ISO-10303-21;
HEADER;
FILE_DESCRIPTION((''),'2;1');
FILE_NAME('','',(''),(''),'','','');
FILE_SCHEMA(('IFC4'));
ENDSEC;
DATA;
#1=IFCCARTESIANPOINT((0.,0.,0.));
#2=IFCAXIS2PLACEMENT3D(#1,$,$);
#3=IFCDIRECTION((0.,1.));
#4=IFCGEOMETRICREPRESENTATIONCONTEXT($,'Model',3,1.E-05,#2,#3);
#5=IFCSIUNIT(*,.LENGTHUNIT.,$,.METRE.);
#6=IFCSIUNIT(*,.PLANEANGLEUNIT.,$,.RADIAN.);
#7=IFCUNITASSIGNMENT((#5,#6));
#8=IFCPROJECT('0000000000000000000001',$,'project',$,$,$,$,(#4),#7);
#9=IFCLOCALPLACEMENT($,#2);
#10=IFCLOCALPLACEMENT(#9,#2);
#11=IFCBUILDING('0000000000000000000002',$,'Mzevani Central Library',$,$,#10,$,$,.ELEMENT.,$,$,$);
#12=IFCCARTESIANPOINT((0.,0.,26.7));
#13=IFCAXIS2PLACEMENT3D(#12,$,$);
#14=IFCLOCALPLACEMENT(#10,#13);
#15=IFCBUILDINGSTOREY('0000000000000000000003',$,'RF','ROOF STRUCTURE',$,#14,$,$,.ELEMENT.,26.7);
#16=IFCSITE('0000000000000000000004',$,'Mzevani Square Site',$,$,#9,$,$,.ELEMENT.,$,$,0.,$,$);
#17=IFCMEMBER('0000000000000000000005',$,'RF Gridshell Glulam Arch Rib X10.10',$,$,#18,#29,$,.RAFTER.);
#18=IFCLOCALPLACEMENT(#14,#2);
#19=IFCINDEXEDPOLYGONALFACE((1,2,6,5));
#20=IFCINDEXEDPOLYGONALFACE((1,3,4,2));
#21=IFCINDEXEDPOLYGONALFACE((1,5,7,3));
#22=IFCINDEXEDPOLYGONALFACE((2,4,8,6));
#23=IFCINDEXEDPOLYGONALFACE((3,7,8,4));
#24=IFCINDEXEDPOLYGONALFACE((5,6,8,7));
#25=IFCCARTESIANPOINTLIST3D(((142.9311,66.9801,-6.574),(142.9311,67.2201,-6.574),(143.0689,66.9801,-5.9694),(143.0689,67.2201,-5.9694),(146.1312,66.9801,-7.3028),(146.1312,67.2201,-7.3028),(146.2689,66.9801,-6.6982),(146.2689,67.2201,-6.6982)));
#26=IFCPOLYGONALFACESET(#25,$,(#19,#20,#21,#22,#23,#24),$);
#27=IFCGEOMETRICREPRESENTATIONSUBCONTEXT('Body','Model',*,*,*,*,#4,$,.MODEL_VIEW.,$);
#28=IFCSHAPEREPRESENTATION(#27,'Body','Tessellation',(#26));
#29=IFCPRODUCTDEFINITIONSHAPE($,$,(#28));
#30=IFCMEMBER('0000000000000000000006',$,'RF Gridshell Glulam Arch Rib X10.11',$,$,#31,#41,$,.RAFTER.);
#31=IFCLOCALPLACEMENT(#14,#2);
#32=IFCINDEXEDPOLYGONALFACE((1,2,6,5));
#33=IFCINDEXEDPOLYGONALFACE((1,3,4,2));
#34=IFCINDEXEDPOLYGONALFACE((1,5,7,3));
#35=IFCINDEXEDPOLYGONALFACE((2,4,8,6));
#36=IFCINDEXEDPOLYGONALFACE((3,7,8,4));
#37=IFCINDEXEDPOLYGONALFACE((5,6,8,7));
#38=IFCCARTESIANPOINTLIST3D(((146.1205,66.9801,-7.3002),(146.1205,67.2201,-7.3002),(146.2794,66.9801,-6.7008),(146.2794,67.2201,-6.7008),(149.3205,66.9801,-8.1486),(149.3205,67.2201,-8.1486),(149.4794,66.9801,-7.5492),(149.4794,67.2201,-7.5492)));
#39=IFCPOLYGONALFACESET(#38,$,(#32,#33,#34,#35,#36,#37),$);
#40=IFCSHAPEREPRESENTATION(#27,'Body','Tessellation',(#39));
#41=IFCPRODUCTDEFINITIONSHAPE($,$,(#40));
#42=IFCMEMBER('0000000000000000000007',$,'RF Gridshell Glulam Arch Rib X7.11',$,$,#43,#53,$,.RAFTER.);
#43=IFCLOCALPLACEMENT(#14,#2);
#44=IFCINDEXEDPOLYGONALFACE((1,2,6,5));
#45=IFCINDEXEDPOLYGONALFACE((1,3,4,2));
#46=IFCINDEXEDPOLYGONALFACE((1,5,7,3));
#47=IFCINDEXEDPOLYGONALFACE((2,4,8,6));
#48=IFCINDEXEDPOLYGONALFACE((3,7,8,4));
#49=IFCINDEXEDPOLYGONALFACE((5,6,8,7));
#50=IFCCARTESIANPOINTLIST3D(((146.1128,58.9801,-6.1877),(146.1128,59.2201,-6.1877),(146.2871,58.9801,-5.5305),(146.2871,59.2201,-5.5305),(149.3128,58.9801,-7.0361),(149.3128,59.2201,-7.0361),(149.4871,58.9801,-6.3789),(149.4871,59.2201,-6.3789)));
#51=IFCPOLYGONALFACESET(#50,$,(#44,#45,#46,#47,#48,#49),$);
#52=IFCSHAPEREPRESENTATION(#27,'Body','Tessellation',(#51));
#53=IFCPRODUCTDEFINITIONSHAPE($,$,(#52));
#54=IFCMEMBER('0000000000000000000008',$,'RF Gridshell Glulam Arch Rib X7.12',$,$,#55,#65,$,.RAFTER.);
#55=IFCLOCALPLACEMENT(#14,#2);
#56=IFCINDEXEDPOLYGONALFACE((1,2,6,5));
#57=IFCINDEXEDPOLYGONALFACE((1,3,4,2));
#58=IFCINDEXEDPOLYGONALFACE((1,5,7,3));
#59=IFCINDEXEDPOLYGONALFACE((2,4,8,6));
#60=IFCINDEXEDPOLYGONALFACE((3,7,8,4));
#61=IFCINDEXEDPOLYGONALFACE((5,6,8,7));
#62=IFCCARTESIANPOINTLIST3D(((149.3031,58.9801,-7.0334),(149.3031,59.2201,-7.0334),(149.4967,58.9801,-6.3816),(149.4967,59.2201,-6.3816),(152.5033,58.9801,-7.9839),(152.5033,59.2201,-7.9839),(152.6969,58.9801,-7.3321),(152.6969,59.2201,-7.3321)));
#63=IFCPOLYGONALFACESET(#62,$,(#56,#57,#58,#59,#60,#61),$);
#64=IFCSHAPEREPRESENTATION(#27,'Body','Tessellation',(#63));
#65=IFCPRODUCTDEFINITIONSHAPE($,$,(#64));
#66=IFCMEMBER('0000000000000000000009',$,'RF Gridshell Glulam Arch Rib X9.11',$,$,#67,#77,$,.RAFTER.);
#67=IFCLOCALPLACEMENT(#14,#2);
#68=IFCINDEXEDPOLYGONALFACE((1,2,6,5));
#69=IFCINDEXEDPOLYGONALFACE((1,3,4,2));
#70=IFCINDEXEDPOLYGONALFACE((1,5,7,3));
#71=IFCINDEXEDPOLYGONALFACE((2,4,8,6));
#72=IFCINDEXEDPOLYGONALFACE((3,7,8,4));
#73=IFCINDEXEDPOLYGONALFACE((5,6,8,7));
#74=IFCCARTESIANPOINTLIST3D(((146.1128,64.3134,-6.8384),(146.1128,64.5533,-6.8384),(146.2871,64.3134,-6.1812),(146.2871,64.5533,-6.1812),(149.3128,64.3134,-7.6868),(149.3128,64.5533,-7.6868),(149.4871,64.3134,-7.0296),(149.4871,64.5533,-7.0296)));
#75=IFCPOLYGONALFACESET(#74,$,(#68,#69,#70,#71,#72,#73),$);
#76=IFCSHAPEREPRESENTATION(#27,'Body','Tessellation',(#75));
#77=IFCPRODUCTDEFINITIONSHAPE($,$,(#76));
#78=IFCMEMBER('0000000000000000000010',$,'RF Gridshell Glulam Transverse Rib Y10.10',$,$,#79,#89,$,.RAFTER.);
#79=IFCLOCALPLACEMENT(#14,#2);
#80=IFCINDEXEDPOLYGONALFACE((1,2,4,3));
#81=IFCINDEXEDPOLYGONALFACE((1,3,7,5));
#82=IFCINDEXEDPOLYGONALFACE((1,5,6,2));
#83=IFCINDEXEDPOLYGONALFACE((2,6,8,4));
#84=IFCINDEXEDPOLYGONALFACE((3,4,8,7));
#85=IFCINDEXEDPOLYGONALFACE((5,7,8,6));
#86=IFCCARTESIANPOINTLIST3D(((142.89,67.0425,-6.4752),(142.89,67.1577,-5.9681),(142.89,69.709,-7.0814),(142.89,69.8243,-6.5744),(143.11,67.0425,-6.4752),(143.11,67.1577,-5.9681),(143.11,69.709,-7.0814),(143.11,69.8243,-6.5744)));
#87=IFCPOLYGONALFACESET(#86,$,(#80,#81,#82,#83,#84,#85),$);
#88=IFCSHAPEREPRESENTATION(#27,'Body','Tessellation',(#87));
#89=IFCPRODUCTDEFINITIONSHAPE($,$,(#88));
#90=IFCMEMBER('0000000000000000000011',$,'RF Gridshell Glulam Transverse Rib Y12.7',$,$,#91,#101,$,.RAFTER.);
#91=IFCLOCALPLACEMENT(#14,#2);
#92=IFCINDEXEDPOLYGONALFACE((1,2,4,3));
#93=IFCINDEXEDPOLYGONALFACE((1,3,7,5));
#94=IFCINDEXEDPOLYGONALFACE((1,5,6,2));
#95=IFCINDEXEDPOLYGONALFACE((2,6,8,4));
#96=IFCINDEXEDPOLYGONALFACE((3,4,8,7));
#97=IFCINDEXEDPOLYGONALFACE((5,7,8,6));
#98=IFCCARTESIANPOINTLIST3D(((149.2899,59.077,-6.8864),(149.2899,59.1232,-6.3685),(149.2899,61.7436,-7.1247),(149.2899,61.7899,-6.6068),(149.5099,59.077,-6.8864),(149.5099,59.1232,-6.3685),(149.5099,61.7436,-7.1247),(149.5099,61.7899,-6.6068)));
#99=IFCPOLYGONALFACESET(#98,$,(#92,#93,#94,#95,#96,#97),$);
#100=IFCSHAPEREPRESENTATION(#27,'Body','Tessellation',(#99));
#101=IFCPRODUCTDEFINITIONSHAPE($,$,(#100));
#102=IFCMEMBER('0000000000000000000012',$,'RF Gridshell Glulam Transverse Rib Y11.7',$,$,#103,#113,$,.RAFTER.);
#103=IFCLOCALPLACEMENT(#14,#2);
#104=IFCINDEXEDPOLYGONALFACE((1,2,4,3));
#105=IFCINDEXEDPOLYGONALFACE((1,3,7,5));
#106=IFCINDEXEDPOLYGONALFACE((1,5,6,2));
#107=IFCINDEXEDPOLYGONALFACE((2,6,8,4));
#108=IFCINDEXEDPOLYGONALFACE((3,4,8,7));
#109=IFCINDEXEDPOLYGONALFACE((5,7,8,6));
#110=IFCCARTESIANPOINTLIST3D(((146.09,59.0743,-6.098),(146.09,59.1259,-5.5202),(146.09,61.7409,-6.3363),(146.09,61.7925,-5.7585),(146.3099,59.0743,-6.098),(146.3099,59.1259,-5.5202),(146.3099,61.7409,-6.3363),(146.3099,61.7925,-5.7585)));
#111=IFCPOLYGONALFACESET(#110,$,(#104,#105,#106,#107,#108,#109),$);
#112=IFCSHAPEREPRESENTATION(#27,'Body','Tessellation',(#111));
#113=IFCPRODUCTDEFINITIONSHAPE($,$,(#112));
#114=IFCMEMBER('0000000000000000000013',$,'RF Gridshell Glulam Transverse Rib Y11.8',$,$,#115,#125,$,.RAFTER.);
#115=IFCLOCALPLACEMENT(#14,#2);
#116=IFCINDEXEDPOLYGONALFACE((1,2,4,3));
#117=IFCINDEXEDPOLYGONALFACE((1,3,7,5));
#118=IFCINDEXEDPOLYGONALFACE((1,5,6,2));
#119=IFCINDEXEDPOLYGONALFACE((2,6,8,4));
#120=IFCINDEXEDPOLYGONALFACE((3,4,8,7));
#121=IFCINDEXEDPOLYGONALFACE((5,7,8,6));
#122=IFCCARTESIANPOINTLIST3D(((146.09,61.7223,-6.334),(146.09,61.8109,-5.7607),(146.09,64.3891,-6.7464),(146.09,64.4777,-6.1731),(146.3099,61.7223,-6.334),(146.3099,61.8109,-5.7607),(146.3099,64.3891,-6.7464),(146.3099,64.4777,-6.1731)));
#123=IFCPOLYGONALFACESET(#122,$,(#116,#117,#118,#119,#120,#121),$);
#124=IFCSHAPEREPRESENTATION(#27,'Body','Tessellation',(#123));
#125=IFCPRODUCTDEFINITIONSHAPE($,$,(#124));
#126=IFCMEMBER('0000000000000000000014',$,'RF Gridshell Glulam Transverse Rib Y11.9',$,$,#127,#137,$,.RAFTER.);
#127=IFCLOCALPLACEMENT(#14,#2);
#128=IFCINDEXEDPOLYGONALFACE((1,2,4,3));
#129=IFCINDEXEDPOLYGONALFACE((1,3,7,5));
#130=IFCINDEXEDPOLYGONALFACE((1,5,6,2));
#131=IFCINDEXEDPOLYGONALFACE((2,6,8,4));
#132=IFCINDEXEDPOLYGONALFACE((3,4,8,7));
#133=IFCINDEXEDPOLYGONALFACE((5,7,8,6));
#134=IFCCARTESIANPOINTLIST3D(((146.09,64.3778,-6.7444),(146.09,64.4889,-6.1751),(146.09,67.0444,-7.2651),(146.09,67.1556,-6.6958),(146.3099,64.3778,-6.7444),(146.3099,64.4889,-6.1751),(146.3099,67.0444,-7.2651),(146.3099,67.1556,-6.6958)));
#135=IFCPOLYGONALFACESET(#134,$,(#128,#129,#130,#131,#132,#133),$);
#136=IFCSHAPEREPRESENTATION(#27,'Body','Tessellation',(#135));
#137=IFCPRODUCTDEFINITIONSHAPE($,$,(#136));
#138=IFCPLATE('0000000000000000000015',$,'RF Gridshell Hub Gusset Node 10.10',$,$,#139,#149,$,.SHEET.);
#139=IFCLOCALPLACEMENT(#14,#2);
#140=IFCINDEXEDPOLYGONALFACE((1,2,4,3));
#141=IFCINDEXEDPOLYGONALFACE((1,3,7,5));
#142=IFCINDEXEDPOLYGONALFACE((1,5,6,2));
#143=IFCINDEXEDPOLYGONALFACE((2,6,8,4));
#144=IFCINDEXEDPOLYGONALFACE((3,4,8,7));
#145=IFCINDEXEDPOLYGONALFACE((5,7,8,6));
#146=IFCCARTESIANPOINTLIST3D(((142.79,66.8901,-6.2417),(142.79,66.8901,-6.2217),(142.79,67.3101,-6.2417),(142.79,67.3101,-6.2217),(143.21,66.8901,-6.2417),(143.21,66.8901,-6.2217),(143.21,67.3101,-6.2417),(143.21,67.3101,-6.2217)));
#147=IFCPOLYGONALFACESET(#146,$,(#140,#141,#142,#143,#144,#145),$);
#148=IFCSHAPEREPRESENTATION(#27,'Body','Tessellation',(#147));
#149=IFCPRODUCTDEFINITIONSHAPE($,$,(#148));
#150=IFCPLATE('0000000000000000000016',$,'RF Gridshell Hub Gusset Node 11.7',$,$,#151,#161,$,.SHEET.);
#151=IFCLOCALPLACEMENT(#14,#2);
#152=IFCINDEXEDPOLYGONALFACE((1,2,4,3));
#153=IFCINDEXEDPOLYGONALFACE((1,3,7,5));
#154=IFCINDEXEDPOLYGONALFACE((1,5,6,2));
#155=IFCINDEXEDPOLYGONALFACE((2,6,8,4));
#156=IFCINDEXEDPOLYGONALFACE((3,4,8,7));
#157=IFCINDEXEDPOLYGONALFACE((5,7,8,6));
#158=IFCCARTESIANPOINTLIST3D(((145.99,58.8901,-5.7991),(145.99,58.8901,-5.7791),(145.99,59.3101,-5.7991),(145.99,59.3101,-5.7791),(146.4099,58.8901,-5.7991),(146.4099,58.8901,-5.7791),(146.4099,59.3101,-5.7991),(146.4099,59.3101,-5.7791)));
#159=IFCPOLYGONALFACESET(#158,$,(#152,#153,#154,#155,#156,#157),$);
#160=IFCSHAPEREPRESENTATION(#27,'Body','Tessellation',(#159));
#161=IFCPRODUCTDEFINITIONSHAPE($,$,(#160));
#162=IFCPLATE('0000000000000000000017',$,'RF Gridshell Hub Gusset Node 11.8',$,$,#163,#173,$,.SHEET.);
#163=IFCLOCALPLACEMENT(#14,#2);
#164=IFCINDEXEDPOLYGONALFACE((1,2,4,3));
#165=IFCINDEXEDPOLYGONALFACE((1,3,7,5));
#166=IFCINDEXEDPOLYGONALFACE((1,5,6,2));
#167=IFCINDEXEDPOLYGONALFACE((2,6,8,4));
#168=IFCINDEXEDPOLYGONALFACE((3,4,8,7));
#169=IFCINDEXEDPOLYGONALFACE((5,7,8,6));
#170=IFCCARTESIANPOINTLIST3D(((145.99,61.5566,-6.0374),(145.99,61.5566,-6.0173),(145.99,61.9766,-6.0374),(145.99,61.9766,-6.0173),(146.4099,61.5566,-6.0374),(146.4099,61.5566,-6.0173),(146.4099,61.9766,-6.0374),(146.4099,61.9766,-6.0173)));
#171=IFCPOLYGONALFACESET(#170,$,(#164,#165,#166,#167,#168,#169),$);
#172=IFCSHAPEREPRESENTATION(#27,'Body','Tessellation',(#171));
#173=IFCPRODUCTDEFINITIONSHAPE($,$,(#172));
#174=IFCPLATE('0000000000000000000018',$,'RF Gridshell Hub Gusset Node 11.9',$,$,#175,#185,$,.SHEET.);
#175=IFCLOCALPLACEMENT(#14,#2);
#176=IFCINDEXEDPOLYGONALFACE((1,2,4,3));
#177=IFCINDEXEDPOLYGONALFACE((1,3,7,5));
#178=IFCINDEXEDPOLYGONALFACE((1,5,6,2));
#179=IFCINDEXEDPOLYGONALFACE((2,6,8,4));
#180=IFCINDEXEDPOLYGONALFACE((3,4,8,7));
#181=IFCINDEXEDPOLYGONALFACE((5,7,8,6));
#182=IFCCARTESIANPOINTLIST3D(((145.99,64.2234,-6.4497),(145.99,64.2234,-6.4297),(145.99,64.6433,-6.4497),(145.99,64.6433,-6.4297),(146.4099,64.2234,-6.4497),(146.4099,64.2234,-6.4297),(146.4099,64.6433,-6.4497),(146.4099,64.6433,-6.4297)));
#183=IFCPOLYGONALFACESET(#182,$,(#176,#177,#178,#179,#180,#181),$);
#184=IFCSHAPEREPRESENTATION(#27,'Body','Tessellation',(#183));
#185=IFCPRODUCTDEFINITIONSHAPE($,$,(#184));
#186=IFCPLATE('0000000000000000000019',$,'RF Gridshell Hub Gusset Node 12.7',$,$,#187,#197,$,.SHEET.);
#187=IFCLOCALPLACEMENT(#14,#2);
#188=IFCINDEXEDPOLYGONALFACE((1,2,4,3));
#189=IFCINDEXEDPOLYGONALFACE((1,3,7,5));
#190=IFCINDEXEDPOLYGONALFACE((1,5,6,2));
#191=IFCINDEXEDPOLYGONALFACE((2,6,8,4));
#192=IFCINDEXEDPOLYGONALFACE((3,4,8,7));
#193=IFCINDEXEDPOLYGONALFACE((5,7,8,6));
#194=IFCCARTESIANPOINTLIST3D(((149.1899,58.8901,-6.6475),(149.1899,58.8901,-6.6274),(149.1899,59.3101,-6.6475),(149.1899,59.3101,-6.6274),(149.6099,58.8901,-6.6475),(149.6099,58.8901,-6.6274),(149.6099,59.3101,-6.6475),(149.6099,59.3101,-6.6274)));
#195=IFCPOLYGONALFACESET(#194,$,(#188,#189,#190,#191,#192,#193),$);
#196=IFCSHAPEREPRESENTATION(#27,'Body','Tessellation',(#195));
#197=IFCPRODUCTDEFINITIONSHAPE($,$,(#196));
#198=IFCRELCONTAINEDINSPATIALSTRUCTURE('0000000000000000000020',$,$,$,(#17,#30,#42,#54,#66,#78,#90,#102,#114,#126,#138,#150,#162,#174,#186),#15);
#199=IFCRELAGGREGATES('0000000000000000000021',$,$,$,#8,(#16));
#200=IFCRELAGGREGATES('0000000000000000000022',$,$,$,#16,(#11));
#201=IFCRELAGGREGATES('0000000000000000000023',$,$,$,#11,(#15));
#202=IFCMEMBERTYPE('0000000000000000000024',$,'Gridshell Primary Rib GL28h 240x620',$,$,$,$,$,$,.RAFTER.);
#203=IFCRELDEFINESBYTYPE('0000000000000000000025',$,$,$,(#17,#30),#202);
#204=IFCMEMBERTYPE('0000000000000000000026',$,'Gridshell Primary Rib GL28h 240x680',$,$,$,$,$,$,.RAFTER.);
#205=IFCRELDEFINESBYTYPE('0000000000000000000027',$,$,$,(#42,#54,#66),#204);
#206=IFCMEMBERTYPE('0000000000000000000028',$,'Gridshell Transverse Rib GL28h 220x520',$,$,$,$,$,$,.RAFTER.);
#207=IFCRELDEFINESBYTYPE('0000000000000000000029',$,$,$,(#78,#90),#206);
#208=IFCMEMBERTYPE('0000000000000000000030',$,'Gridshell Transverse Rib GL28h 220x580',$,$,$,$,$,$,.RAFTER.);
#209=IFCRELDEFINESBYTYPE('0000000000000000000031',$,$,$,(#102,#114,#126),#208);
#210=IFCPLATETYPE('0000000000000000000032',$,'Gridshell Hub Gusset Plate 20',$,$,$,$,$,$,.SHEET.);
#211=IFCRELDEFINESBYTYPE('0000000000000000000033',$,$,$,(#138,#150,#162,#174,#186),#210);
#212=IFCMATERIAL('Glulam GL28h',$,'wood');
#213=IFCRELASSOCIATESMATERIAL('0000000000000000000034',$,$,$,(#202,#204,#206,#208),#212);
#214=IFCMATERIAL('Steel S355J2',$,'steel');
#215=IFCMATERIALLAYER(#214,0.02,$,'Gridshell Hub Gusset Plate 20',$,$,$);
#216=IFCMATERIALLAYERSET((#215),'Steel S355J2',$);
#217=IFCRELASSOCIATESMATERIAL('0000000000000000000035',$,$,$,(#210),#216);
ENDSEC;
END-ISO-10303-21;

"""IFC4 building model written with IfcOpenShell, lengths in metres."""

from ifc_helpers import new_model, si_unit, direction, frame, origin, origin_2d, place, context, subcontext, project, spatial, rectangle, extrude, material, layer, layer_set, material_profile, profile_set, type_object, element, save


model = new_model("IFC4")

# Units and contexts
model_context = context("Model", 3, precision=1e-05, world=origin(), true_north=direction((0.0, 1.0)))
body_context = subcontext(model_context, "Body", "Model", "MODEL_VIEW")
ifc_project = project(units=[si_unit("LENGTHUNIT", "METRE"), si_unit("PLANEANGLEUNIT", "RADIAN")], contexts=[model_context])

# Site, building, storey
site_placement = place(None, origin())
site = spatial("IfcSite", under=ifc_project, at=site_placement, Name="Mzevani Square Site", CompositionType="ELEMENT", RefElevation=0.0)
building_placement = place(site_placement, origin())
building = spatial("IfcBuilding", under=site, at=building_placement, Name="Mzevani Central Library", CompositionType="ELEMENT")
storey_placement = place(building_placement, frame((0.0, 0.0, 26.7)))
storey = spatial("IfcBuildingStorey", under=building, at=storey_placement, Name="RF", Description="ROOF STRUCTURE", CompositionType="ELEMENT", Elevation=26.7)

# Members
ifc_material_1 = material(Name="Steel S355J2", Category="steel")
ifc_material_2 = material(Name="Glulam GL28h", Category="wood")
ifc_material_profile_1 = material_profile(ifc_material_2, rectangle(XDim=0.24, YDim=0.6201, at=origin_2d()), Name="GL28h 240x620")
ifc_profile_set_1 = profile_set([ifc_material_profile_1], Name="Glulam GL28h")
member_type_1 = type_object("IfcMemberType", Name="Gridshell Primary Rib GL28h 240x620", PredefinedType="RAFTER", material=ifc_profile_set_1)
member_1_placement = place(storey_placement, frame((143.0, 67.1001, -6.2717), z_axis=(0.975034, 0.0, -0.222055), x_axis=(0.0, 1.0, 0.0)))
element("IfcMember", 1, at=member_1_placement, inside=storey, type_object=member_type_1, Name="RF Gridshell Glulam Arch Rib X10.10", PredefinedType="RAFTER", context=body_context, shape_type="SweptSolid", body=[
    extrude(rectangle(XDim=0.24, YDim=0.6201, at=origin_2d()), origin(), (0.0, 0.0, 1.0), 3.282),
])
member_2_placement = place(storey_placement, frame((146.2, 67.1001, -7.0005), z_axis=(0.966605, 0.0, -0.256272), x_axis=(0.0, 1.0, 0.0)))
element("IfcMember", 2, at=member_2_placement, inside=storey, type_object=member_type_1, Name="RF Gridshell Glulam Arch Rib X10.11", PredefinedType="RAFTER", context=body_context, shape_type="SweptSolid", body=[
    extrude(rectangle(XDim=0.24, YDim=0.6201, at=origin_2d()), origin(), (0.0, 0.0, 1.0), 3.3105),
])
ifc_material_profile_2 = material_profile(ifc_material_2, rectangle(XDim=0.24, YDim=0.6799, at=origin_2d()), Name="GL28h 240x680")
ifc_profile_set_2 = profile_set([ifc_material_profile_2], Name="Glulam GL28h")
member_type_2 = type_object("IfcMemberType", Name="Gridshell Primary Rib GL28h 240x680", PredefinedType="RAFTER", material=ifc_profile_set_2)
member_3_placement = place(storey_placement, frame((146.2, 59.1001, -5.8591), z_axis=(0.966605, 0.0, -0.256272), x_axis=(0.0, 1.0, 0.0)))
element("IfcMember", 3, at=member_3_placement, inside=storey, type_object=member_type_2, Name="RF Gridshell Glulam Arch Rib X7.11", PredefinedType="RAFTER", context=body_context, shape_type="SweptSolid", body=[
    extrude(rectangle(XDim=0.24, YDim=0.6799, at=origin_2d()), origin(), (0.0, 0.0, 1.0), 3.3105),
])
member_4_placement = place(storey_placement, frame((149.3999, 59.1001, -6.7075), z_axis=(0.958616, 0.0, -0.284703), x_axis=(0.0, 1.0, 0.0)))
element("IfcMember", 4, at=member_4_placement, inside=storey, type_object=member_type_2, Name="RF Gridshell Glulam Arch Rib X7.12", PredefinedType="RAFTER", context=body_context, shape_type="SweptSolid", body=[
    extrude(rectangle(XDim=0.24, YDim=0.6799, at=origin_2d()), origin(), (0.0, 0.0, 1.0), 3.3384),
])
member_5_placement = place(storey_placement, frame((146.2, 64.4333, -6.5098), z_axis=(0.966605, 0.0, -0.256272), x_axis=(0.0, 1.0, 0.0)))
element("IfcMember", 5, at=member_5_placement, inside=storey, type_object=member_type_2, Name="RF Gridshell Glulam Arch Rib X9.11", PredefinedType="RAFTER", context=body_context, shape_type="SweptSolid", body=[
    extrude(rectangle(XDim=0.24, YDim=0.6799, at=origin_2d()), origin(), (0.0, 0.0, 1.0), 3.3105),
])
ifc_material_profile_3 = material_profile(ifc_material_2, rectangle(XDim=0.22, YDim=0.52, at=origin_2d()), Name="GL28h 220x520")
ifc_profile_set_3 = profile_set([ifc_material_profile_3], Name="Glulam GL28h")
member_type_3 = type_object("IfcMemberType", Name="Gridshell Transverse Rib GL28h 220x520", PredefinedType="RAFTER", material=ifc_profile_set_3)
member_6_placement = place(storey_placement, frame((143.0, 67.1001, -6.2217), z_axis=(0.0, 0.975119, -0.221683), x_axis=(-1.0, 0.0, 0.0)))
element("IfcMember", 6, at=member_6_placement, inside=storey, type_object=member_type_3, Name="RF Gridshell Glulam Transverse Rib Y10.10", PredefinedType="RAFTER", context=body_context, shape_type="SweptSolid", body=[
    extrude(rectangle(XDim=0.22, YDim=0.52, at=origin_2d()), origin(), (0.0, 0.0, 1.0), 2.7346),
])
member_7_placement = place(storey_placement, frame((149.3999, 59.1001, -6.6274), z_axis=(0.0, 0.996031, -0.089006), x_axis=(-1.0, 0.0, 0.0)))
element("IfcMember", 7, at=member_7_placement, inside=storey, type_object=member_type_3, Name="RF Gridshell Glulam Transverse Rib Y12.7", PredefinedType="RAFTER", context=body_context, shape_type="SweptSolid", body=[
    extrude(rectangle(XDim=0.22, YDim=0.52, at=origin_2d()), origin(), (0.0, 0.0, 1.0), 2.6772),
])
ifc_material_profile_4 = material_profile(ifc_material_2, rectangle(XDim=0.22, YDim=0.5801, at=origin_2d()), Name="GL28h 220x580")
ifc_profile_set_4 = profile_set([ifc_material_profile_4], Name="Glulam GL28h")
member_type_4 = type_object("IfcMemberType", Name="Gridshell Transverse Rib GL28h 220x580", PredefinedType="RAFTER", material=ifc_profile_set_4)
member_8_placement = place(storey_placement, frame((146.2, 59.1001, -5.8091), z_axis=(0.0, 0.996031, -0.089006), x_axis=(-1.0, 0.0, 0.0)))
element("IfcMember", 8, at=member_8_placement, inside=storey, type_object=member_type_4, Name="RF Gridshell Glulam Transverse Rib Y11.7", PredefinedType="RAFTER", context=body_context, shape_type="SweptSolid", body=[
    extrude(rectangle(XDim=0.22, YDim=0.5801, at=origin_2d()), origin(), (0.0, 0.0, 1.0), 2.6772),
])
member_9_placement = place(storey_placement, frame((146.2, 61.7666, -6.0474), z_axis=(0.0, 0.988255, -0.152812), x_axis=(-1.0, 0.0, 0.0)))
element("IfcMember", 9, at=member_9_placement, inside=storey, type_object=member_type_4, Name="RF Gridshell Glulam Transverse Rib Y11.8", PredefinedType="RAFTER", context=body_context, shape_type="SweptSolid", body=[
    extrude(rectangle(XDim=0.22, YDim=0.5801, at=origin_2d()), origin(), (0.0, 0.0, 1.0), 2.6985),
])
member_10_placement = place(storey_placement, frame((146.2, 64.4333, -6.4597), z_axis=(0.0, 0.981462, -0.191656), x_axis=(-1.0, 0.0, 0.0)))
element("IfcMember", 10, at=member_10_placement, inside=storey, type_object=member_type_4, Name="RF Gridshell Glulam Transverse Rib Y11.9", PredefinedType="RAFTER", context=body_context, shape_type="SweptSolid", body=[
    extrude(rectangle(XDim=0.22, YDim=0.5801, at=origin_2d()), origin(), (0.0, 0.0, 1.0), 2.717),
])

# Plates
ifc_layer_1 = layer(ifc_material_1, 0.02, Name="Gridshell Hub Gusset Plate 20")
ifc_layer_set_1 = layer_set([ifc_layer_1], Name="Steel S355J2")
plate_type = type_object("IfcPlateType", Name="Gridshell Hub Gusset Plate 20", PredefinedType="SHEET", material=ifc_layer_set_1)
for number, where, z_axis, x_axis, name in (
    (11, (143.0, 67.1001, -6.2417), (0.0, 0.0, 1.0), (1.0, 0.0, 0.0), "RF Gridshell Hub Gusset Node 10.10"),
    (12, (146.2, 59.1001, -5.7991), (0.0, 0.0, 1.0), (1.0, 0.0, 0.0), "RF Gridshell Hub Gusset Node 11.7"),
    (13, (146.2, 61.7666, -6.0374), (0.0, 0.0, 1.0), (1.0, 0.0, 0.0), "RF Gridshell Hub Gusset Node 11.8"),
    (14, (146.2, 64.4333, -6.4497), (0.0, 0.0, 1.0), (1.0, 0.0, 0.0), "RF Gridshell Hub Gusset Node 11.9"),
    (15, (149.3999, 59.1001, -6.6475), (0.0, 0.0, 1.0), (1.0, 0.0, 0.0), "RF Gridshell Hub Gusset Node 12.7"),
):
    element("IfcPlate", number, at=place(storey_placement, frame(where, z_axis=z_axis, x_axis=x_axis)), inside=storey, type_object=plate_type, Name=name, PredefinedType="SHEET", context=body_context, shape_type="SweptSolid", body=[
        extrude(rectangle(XDim=0.4199, YDim=0.4199, at=origin_2d()), origin(), (0.0, 0.0, 1.0), 0.02),
    ])

save(model, "model.ifc")
